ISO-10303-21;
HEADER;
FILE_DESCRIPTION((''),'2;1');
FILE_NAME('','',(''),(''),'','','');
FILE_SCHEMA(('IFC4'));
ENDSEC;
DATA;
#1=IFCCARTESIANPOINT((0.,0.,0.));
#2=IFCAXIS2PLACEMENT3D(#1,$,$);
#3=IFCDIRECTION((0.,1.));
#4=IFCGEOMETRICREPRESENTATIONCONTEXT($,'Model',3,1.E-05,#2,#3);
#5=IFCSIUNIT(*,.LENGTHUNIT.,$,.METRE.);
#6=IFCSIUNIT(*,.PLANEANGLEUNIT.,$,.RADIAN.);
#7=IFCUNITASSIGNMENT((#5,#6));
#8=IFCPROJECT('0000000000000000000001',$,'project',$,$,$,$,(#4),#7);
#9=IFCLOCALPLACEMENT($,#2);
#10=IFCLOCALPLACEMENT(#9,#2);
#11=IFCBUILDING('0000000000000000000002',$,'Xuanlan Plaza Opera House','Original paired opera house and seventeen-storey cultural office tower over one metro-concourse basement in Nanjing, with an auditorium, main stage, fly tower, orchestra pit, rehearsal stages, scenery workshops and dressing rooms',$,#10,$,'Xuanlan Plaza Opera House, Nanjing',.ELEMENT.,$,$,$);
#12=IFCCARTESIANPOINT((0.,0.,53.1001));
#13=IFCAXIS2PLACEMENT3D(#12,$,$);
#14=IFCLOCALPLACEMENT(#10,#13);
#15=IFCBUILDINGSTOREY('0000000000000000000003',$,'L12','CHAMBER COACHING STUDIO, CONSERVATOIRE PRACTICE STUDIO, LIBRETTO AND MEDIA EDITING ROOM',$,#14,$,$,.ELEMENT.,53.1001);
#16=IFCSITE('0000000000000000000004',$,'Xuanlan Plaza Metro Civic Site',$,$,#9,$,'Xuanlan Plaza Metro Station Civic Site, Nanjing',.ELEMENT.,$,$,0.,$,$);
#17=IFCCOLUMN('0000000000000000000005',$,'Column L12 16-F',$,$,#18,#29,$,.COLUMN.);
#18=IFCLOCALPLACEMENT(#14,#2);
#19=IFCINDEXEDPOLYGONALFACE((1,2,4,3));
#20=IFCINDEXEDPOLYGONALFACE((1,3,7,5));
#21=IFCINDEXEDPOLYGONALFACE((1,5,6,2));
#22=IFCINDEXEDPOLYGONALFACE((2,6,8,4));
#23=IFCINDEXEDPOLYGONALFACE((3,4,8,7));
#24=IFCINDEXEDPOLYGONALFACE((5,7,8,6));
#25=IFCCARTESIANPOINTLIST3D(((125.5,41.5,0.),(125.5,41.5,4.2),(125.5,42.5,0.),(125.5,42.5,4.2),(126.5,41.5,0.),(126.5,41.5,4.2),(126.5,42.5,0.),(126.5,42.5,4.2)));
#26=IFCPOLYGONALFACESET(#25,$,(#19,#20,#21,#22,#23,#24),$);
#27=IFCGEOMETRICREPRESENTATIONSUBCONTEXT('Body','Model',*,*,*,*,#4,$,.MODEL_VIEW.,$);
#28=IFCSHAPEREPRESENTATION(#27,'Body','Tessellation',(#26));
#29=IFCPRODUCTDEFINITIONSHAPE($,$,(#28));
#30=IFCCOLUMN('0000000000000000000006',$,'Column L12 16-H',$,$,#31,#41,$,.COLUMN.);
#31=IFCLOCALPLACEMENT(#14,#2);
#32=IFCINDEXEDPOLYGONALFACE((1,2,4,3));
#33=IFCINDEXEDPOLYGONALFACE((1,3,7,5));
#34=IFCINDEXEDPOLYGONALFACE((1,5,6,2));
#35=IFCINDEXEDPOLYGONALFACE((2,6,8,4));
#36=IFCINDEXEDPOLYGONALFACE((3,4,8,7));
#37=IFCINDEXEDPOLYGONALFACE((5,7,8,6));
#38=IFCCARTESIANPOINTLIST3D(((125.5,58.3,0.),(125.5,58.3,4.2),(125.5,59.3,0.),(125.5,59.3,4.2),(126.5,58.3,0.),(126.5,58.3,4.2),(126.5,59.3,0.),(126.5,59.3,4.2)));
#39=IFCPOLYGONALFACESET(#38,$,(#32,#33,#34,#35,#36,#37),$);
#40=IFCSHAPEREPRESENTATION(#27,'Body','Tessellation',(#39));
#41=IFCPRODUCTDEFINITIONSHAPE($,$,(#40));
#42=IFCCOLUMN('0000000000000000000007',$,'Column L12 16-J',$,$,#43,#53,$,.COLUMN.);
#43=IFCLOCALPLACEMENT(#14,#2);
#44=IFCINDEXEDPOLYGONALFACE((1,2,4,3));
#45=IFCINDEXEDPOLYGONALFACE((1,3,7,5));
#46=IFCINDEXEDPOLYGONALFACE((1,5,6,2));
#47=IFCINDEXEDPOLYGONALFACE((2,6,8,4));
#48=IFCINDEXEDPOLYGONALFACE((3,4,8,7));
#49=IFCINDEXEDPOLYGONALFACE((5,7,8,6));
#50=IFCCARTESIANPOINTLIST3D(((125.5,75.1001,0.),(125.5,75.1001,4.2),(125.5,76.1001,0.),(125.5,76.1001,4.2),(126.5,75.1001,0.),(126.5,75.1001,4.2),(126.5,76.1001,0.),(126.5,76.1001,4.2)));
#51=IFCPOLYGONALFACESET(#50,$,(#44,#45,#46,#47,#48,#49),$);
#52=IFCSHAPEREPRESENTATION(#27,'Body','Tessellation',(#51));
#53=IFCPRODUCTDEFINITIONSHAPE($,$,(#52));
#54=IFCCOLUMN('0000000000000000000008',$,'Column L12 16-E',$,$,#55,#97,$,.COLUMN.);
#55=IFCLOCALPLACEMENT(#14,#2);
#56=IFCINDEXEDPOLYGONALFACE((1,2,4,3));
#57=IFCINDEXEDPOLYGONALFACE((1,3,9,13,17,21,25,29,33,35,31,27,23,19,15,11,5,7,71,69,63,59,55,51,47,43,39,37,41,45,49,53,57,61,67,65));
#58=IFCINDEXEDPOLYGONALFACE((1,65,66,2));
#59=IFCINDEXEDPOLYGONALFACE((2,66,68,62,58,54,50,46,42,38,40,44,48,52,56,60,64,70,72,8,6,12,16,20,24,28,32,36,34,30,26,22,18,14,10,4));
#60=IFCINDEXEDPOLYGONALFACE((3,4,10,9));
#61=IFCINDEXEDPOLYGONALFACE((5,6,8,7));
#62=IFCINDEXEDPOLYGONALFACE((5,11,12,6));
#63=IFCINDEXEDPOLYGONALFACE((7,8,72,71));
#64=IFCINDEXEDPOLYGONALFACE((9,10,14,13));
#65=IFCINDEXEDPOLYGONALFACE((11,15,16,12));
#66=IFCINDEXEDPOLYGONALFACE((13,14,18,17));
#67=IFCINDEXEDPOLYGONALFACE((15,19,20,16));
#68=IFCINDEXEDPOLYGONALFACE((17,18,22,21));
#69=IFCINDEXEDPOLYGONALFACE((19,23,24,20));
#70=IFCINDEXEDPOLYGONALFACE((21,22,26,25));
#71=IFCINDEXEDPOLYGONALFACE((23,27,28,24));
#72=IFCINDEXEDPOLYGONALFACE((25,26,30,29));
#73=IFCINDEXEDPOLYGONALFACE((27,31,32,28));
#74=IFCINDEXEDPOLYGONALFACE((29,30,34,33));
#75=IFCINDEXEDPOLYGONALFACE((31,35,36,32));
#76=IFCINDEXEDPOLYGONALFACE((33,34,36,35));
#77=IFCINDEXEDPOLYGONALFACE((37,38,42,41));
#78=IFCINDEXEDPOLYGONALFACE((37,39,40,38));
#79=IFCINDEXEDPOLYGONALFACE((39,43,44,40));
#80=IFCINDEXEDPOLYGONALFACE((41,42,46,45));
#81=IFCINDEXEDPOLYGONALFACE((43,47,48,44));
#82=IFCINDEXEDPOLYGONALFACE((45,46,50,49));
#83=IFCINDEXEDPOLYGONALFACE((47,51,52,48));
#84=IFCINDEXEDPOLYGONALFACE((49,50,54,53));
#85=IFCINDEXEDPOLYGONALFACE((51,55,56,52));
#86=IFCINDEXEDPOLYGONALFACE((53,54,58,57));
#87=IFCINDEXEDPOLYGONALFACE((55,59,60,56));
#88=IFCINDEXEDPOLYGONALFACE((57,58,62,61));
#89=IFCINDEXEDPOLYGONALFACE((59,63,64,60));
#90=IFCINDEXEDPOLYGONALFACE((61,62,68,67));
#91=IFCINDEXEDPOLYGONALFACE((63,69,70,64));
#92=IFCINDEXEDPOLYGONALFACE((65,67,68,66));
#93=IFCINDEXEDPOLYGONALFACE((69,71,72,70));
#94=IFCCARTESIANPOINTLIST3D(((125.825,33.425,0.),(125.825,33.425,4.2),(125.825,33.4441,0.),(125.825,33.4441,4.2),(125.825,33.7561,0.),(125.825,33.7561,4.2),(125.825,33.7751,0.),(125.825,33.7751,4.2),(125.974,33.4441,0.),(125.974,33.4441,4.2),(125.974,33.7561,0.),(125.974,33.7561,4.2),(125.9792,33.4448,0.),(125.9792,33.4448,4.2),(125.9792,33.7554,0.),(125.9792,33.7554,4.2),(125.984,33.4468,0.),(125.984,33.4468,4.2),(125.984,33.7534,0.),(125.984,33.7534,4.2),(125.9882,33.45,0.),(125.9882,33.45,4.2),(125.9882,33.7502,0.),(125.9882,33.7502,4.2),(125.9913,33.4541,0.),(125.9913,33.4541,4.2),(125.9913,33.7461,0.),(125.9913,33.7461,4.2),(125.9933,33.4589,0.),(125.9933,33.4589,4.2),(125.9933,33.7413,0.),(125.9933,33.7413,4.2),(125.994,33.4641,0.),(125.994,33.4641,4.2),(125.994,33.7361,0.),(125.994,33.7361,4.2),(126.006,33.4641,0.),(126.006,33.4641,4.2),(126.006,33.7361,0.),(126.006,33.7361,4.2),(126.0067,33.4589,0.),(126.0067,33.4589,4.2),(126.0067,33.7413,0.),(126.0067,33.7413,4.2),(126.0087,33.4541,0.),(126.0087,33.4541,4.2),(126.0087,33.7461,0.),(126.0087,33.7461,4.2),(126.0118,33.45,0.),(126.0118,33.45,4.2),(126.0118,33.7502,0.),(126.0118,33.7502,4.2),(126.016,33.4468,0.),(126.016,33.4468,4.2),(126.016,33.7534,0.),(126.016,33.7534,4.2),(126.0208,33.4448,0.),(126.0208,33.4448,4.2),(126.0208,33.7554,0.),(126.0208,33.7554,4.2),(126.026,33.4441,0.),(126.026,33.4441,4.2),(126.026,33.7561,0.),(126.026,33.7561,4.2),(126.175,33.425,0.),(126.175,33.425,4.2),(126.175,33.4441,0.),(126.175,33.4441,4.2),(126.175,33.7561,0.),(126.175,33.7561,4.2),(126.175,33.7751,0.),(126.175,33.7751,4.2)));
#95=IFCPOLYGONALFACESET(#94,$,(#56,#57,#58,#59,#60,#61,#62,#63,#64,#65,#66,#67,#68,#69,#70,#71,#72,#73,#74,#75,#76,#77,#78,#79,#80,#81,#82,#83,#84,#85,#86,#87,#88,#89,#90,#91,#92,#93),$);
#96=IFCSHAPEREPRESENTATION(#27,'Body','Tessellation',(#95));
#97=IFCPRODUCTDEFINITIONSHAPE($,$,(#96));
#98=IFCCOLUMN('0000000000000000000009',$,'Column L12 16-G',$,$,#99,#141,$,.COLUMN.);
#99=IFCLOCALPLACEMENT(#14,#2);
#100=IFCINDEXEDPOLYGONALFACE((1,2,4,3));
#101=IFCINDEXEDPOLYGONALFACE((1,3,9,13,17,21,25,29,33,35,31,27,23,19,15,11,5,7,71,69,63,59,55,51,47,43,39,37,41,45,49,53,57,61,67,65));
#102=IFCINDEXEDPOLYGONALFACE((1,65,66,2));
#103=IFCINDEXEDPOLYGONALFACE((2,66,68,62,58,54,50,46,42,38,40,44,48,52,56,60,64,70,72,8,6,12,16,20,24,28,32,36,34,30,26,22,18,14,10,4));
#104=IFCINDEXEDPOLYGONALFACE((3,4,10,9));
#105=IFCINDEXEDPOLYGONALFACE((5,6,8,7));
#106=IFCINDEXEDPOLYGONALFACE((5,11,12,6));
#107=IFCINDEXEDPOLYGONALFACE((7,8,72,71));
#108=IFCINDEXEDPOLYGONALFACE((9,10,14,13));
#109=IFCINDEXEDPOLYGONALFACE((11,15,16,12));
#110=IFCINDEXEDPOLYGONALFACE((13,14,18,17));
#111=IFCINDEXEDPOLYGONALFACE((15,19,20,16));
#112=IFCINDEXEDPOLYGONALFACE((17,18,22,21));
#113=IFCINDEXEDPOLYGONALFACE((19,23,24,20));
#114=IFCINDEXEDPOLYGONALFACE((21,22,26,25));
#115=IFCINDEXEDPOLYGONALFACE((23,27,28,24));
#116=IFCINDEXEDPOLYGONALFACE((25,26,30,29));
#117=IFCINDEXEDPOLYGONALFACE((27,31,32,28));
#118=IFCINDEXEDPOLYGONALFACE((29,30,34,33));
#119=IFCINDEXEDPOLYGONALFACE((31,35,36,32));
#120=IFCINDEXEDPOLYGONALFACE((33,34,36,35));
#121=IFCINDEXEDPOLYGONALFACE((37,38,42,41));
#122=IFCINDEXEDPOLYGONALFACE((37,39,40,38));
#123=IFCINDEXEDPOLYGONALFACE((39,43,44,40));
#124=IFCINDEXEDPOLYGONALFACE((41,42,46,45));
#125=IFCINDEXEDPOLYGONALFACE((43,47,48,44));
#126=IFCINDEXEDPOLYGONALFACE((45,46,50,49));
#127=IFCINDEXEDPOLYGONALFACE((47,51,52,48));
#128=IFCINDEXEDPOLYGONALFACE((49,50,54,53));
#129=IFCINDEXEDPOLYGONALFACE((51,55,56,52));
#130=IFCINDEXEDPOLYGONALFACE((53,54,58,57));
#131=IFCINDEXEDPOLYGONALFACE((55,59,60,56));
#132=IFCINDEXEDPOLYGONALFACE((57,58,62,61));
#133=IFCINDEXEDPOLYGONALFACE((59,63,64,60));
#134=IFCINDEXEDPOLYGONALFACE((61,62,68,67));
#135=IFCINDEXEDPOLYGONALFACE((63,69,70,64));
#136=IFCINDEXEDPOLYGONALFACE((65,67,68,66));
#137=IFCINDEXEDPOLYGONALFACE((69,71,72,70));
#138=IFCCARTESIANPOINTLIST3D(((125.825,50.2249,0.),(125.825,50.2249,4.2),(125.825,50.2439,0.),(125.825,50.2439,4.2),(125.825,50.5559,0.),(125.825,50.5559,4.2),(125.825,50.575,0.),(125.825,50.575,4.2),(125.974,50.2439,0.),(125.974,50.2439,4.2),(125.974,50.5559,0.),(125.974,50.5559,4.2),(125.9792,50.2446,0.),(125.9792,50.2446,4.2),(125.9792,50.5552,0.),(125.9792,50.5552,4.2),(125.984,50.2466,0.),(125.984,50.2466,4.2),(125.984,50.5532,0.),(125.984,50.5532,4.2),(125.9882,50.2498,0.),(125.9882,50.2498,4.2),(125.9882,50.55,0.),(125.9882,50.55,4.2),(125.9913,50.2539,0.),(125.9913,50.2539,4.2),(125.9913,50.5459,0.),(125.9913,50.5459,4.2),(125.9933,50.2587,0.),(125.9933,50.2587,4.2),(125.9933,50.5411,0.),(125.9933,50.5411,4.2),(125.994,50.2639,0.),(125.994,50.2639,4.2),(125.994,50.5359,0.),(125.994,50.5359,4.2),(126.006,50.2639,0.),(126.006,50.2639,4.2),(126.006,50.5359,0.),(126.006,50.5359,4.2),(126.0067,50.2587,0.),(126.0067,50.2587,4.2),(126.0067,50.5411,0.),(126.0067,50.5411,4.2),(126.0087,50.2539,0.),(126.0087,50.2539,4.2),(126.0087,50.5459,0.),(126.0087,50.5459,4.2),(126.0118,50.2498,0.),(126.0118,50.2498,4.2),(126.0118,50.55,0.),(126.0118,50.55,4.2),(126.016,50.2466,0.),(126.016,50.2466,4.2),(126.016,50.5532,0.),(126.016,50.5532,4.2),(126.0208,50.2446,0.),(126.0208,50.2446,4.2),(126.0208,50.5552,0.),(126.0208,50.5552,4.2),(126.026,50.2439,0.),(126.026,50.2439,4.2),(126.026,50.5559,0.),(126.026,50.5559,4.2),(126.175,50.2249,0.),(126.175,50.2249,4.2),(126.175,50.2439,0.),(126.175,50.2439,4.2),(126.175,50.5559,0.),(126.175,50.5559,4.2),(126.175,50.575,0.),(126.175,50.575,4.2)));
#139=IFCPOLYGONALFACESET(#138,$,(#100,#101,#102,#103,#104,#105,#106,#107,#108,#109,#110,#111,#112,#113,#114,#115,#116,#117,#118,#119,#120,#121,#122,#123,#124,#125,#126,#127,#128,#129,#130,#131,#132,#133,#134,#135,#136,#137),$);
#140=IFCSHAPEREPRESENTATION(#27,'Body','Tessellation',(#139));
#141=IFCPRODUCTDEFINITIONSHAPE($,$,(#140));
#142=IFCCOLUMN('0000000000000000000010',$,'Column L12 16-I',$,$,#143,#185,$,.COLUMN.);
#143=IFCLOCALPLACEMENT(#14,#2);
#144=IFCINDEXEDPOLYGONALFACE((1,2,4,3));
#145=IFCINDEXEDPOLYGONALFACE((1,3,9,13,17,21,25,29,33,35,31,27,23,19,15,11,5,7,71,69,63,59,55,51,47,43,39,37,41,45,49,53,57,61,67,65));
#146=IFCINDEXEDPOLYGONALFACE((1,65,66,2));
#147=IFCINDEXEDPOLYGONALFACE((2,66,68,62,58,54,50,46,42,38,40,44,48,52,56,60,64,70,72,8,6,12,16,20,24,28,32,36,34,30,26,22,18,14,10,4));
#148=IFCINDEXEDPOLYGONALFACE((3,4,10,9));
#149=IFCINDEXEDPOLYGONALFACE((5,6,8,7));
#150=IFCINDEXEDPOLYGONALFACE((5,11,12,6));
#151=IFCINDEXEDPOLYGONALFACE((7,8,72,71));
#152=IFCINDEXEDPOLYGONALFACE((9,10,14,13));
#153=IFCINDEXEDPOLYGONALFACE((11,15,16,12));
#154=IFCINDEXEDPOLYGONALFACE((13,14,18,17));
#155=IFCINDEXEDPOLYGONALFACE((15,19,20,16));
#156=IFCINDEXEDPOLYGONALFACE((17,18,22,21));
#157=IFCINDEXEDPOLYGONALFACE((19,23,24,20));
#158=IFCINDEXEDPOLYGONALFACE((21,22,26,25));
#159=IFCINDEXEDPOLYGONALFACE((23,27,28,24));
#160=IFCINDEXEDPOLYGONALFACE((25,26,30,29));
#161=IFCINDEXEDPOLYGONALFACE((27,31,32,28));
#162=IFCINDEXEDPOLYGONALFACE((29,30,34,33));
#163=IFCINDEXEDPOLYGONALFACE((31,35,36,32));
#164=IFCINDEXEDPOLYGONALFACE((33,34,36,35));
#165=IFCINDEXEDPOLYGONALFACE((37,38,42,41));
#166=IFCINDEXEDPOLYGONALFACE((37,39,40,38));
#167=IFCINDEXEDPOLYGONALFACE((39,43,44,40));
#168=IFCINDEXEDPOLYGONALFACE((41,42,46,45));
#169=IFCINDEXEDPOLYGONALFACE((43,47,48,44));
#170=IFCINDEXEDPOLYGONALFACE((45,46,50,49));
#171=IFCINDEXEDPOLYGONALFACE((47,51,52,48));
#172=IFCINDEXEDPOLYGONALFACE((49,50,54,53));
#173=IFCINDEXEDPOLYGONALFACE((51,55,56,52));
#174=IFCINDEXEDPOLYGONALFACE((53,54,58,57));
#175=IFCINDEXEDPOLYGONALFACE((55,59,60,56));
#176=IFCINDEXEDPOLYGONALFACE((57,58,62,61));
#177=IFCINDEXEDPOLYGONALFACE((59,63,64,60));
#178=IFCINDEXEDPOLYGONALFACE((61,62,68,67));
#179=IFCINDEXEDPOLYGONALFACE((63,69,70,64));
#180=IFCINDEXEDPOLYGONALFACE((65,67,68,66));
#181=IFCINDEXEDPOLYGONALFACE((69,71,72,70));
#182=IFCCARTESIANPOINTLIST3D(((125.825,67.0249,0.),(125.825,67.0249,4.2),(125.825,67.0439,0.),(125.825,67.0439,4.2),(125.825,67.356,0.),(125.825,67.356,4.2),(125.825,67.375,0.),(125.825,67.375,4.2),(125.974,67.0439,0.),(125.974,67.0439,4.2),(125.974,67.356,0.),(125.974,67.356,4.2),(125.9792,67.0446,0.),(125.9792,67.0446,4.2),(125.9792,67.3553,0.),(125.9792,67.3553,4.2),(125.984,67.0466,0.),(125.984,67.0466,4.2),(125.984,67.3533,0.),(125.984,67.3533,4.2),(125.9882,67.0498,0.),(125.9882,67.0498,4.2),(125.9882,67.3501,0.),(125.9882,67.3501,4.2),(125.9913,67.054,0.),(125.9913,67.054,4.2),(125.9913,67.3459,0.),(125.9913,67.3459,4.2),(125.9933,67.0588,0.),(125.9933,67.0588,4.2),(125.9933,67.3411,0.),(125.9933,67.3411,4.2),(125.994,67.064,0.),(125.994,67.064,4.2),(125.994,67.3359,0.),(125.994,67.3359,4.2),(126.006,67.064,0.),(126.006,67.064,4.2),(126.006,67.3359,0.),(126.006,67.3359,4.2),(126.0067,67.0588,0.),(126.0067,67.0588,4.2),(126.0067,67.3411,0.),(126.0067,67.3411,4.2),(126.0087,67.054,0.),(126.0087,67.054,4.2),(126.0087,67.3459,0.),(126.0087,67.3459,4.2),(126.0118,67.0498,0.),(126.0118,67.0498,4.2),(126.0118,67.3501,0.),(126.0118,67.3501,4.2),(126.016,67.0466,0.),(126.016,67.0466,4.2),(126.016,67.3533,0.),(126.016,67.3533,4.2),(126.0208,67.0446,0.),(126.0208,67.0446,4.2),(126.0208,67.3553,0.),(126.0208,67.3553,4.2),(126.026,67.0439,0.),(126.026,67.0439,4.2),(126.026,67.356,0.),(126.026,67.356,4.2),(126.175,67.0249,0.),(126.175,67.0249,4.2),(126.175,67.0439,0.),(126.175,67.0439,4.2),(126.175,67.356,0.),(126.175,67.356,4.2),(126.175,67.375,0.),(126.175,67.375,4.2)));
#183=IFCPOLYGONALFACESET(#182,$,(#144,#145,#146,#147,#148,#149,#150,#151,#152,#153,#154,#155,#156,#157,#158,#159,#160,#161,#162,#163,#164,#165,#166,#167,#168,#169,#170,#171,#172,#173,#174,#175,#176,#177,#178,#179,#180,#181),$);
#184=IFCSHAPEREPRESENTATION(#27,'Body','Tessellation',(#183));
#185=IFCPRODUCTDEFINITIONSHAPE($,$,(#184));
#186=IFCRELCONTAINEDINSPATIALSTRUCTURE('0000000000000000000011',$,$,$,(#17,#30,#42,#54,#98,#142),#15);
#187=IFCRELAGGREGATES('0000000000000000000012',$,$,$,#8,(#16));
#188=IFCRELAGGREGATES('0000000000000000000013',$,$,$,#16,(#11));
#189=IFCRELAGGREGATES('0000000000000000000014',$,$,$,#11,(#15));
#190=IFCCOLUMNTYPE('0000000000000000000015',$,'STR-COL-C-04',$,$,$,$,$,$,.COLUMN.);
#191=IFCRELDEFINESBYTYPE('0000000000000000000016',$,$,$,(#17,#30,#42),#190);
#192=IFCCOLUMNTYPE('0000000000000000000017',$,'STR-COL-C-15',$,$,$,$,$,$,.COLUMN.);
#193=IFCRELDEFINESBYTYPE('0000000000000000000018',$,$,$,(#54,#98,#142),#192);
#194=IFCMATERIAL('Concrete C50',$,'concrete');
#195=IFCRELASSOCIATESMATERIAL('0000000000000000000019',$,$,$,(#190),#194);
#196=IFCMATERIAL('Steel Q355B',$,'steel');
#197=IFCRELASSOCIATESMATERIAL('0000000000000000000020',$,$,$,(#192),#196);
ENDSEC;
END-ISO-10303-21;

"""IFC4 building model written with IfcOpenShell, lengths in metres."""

from ifc_helpers import new_model, si_unit, direction, frame, origin, origin_2d, place, context, subcontext, project, spatial, rectangle, i_section, extrude, material, material_profile, profile_set, type_object, element, save


model = new_model("IFC4")

# Units and contexts
model_context = context("Model", 3, precision=1e-05, world=origin(), true_north=direction((0.0, 1.0)))
body_context = subcontext(model_context, "Body", "Model", "MODEL_VIEW")
ifc_project = project(units=[si_unit("LENGTHUNIT", "METRE"), si_unit("PLANEANGLEUNIT", "RADIAN")], contexts=[model_context])

# Site, building, storey
site_placement = place(None, origin())
site = spatial("IfcSite", under=ifc_project, at=site_placement, Name="Xuanlan Plaza Metro Civic Site", LongName="Xuanlan Plaza Metro Station Civic Site, Nanjing", CompositionType="ELEMENT", RefElevation=0.0)
building_placement = place(site_placement, origin())
building = spatial("IfcBuilding", under=site, at=building_placement, Name="Xuanlan Plaza Opera House", Description="Original paired opera house and seventeen-storey cultural office tower over one metro-concourse basement in Nanjing, with an auditorium, main stage, fly tower, orchestra pit, rehearsal stages, scenery workshops and dressing rooms", LongName="Xuanlan Plaza Opera House, Nanjing", CompositionType="ELEMENT")
storey_placement = place(building_placement, frame((0.0, 0.0, 53.1001)))
storey = spatial("IfcBuildingStorey", under=building, at=storey_placement, Name="L12", Description="CHAMBER COACHING STUDIO, CONSERVATOIRE PRACTICE STUDIO, LIBRETTO AND MEDIA EDITING ROOM", CompositionType="ELEMENT", Elevation=53.1001)

# Columns
ifc_material_1 = material(Name="Concrete C50", Category="concrete")
ifc_material_profile_1 = material_profile(ifc_material_1, rectangle(XDim=1.0, YDim=1.0, at=origin_2d()), Name="RC-COL 1000x1000")
ifc_profile_set_1 = profile_set([ifc_material_profile_1], Name="Concrete C50")
column_type_1 = type_object("IfcColumnType", Name="STR-COL-C-04", PredefinedType="COLUMN", material=ifc_profile_set_1)
for number, where, z_axis, x_axis, name in (
    (1, (126.0, 42.0, 0.0), (0.0, 0.0, 1.0), (1.0, 0.0, 0.0), "Column L12 16-F"),
    (2, (126.0, 58.8, 0.0), (0.0, 0.0, 1.0), (1.0, 0.0, 0.0), "Column L12 16-H"),
    (3, (126.0, 75.6001, 0.0), (0.0, 0.0, 1.0), (1.0, 0.0, 0.0), "Column L12 16-J"),
):
    element("IfcColumn", number, at=place(storey_placement, frame(where, z_axis=z_axis, x_axis=x_axis)), inside=storey, type_object=column_type_1, Name=name, PredefinedType="COLUMN", context=body_context, shape_type="SweptSolid", body=[
        extrude(rectangle(XDim=1.0, YDim=1.0, at=origin_2d()), origin(), (0.0, 0.0, 1.0), 4.2),
    ])
ifc_material_2 = material(Name="Steel Q355B", Category="steel")
ifc_material_profile_2 = material_profile(ifc_material_2, i_section(OverallWidth=0.3501, OverallDepth=0.3501, WebThickness=0.012, FlangeThickness=0.019, FilletRadius=0.02, at=origin_2d()), Name="HW 350x350x12x19")
ifc_profile_set_2 = profile_set([ifc_material_profile_2], Name="Steel Q355B")
column_type_2 = type_object("IfcColumnType", Name="STR-COL-C-15", PredefinedType="COLUMN", material=ifc_profile_set_2)
for number, where, z_axis, x_axis, name in (
    (4, (126.0, 33.6001, 0.0), (0.0, 0.0, 1.0), (1.0, 0.0, 0.0), "Column L12 16-E"),
    (5, (126.0, 50.3999, 0.0), (0.0, 0.0, 1.0), (1.0, 0.0, 0.0), "Column L12 16-G"),
    (6, (126.0, 67.2, 0.0), (0.0, 0.0, 1.0), (1.0, 0.0, 0.0), "Column L12 16-I"),
):
    element("IfcColumn", number, at=place(storey_placement, frame(where, z_axis=z_axis, x_axis=x_axis)), inside=storey, type_object=column_type_2, Name=name, PredefinedType="COLUMN", context=body_context, shape_type="SweptSolid", body=[
        extrude(i_section(OverallWidth=0.3501, OverallDepth=0.3501, WebThickness=0.012, FlangeThickness=0.019, FilletRadius=0.02, at=origin_2d()), origin(), (0.0, 0.0, 1.0), 4.2),
    ])

save(model, "model.ifc")
